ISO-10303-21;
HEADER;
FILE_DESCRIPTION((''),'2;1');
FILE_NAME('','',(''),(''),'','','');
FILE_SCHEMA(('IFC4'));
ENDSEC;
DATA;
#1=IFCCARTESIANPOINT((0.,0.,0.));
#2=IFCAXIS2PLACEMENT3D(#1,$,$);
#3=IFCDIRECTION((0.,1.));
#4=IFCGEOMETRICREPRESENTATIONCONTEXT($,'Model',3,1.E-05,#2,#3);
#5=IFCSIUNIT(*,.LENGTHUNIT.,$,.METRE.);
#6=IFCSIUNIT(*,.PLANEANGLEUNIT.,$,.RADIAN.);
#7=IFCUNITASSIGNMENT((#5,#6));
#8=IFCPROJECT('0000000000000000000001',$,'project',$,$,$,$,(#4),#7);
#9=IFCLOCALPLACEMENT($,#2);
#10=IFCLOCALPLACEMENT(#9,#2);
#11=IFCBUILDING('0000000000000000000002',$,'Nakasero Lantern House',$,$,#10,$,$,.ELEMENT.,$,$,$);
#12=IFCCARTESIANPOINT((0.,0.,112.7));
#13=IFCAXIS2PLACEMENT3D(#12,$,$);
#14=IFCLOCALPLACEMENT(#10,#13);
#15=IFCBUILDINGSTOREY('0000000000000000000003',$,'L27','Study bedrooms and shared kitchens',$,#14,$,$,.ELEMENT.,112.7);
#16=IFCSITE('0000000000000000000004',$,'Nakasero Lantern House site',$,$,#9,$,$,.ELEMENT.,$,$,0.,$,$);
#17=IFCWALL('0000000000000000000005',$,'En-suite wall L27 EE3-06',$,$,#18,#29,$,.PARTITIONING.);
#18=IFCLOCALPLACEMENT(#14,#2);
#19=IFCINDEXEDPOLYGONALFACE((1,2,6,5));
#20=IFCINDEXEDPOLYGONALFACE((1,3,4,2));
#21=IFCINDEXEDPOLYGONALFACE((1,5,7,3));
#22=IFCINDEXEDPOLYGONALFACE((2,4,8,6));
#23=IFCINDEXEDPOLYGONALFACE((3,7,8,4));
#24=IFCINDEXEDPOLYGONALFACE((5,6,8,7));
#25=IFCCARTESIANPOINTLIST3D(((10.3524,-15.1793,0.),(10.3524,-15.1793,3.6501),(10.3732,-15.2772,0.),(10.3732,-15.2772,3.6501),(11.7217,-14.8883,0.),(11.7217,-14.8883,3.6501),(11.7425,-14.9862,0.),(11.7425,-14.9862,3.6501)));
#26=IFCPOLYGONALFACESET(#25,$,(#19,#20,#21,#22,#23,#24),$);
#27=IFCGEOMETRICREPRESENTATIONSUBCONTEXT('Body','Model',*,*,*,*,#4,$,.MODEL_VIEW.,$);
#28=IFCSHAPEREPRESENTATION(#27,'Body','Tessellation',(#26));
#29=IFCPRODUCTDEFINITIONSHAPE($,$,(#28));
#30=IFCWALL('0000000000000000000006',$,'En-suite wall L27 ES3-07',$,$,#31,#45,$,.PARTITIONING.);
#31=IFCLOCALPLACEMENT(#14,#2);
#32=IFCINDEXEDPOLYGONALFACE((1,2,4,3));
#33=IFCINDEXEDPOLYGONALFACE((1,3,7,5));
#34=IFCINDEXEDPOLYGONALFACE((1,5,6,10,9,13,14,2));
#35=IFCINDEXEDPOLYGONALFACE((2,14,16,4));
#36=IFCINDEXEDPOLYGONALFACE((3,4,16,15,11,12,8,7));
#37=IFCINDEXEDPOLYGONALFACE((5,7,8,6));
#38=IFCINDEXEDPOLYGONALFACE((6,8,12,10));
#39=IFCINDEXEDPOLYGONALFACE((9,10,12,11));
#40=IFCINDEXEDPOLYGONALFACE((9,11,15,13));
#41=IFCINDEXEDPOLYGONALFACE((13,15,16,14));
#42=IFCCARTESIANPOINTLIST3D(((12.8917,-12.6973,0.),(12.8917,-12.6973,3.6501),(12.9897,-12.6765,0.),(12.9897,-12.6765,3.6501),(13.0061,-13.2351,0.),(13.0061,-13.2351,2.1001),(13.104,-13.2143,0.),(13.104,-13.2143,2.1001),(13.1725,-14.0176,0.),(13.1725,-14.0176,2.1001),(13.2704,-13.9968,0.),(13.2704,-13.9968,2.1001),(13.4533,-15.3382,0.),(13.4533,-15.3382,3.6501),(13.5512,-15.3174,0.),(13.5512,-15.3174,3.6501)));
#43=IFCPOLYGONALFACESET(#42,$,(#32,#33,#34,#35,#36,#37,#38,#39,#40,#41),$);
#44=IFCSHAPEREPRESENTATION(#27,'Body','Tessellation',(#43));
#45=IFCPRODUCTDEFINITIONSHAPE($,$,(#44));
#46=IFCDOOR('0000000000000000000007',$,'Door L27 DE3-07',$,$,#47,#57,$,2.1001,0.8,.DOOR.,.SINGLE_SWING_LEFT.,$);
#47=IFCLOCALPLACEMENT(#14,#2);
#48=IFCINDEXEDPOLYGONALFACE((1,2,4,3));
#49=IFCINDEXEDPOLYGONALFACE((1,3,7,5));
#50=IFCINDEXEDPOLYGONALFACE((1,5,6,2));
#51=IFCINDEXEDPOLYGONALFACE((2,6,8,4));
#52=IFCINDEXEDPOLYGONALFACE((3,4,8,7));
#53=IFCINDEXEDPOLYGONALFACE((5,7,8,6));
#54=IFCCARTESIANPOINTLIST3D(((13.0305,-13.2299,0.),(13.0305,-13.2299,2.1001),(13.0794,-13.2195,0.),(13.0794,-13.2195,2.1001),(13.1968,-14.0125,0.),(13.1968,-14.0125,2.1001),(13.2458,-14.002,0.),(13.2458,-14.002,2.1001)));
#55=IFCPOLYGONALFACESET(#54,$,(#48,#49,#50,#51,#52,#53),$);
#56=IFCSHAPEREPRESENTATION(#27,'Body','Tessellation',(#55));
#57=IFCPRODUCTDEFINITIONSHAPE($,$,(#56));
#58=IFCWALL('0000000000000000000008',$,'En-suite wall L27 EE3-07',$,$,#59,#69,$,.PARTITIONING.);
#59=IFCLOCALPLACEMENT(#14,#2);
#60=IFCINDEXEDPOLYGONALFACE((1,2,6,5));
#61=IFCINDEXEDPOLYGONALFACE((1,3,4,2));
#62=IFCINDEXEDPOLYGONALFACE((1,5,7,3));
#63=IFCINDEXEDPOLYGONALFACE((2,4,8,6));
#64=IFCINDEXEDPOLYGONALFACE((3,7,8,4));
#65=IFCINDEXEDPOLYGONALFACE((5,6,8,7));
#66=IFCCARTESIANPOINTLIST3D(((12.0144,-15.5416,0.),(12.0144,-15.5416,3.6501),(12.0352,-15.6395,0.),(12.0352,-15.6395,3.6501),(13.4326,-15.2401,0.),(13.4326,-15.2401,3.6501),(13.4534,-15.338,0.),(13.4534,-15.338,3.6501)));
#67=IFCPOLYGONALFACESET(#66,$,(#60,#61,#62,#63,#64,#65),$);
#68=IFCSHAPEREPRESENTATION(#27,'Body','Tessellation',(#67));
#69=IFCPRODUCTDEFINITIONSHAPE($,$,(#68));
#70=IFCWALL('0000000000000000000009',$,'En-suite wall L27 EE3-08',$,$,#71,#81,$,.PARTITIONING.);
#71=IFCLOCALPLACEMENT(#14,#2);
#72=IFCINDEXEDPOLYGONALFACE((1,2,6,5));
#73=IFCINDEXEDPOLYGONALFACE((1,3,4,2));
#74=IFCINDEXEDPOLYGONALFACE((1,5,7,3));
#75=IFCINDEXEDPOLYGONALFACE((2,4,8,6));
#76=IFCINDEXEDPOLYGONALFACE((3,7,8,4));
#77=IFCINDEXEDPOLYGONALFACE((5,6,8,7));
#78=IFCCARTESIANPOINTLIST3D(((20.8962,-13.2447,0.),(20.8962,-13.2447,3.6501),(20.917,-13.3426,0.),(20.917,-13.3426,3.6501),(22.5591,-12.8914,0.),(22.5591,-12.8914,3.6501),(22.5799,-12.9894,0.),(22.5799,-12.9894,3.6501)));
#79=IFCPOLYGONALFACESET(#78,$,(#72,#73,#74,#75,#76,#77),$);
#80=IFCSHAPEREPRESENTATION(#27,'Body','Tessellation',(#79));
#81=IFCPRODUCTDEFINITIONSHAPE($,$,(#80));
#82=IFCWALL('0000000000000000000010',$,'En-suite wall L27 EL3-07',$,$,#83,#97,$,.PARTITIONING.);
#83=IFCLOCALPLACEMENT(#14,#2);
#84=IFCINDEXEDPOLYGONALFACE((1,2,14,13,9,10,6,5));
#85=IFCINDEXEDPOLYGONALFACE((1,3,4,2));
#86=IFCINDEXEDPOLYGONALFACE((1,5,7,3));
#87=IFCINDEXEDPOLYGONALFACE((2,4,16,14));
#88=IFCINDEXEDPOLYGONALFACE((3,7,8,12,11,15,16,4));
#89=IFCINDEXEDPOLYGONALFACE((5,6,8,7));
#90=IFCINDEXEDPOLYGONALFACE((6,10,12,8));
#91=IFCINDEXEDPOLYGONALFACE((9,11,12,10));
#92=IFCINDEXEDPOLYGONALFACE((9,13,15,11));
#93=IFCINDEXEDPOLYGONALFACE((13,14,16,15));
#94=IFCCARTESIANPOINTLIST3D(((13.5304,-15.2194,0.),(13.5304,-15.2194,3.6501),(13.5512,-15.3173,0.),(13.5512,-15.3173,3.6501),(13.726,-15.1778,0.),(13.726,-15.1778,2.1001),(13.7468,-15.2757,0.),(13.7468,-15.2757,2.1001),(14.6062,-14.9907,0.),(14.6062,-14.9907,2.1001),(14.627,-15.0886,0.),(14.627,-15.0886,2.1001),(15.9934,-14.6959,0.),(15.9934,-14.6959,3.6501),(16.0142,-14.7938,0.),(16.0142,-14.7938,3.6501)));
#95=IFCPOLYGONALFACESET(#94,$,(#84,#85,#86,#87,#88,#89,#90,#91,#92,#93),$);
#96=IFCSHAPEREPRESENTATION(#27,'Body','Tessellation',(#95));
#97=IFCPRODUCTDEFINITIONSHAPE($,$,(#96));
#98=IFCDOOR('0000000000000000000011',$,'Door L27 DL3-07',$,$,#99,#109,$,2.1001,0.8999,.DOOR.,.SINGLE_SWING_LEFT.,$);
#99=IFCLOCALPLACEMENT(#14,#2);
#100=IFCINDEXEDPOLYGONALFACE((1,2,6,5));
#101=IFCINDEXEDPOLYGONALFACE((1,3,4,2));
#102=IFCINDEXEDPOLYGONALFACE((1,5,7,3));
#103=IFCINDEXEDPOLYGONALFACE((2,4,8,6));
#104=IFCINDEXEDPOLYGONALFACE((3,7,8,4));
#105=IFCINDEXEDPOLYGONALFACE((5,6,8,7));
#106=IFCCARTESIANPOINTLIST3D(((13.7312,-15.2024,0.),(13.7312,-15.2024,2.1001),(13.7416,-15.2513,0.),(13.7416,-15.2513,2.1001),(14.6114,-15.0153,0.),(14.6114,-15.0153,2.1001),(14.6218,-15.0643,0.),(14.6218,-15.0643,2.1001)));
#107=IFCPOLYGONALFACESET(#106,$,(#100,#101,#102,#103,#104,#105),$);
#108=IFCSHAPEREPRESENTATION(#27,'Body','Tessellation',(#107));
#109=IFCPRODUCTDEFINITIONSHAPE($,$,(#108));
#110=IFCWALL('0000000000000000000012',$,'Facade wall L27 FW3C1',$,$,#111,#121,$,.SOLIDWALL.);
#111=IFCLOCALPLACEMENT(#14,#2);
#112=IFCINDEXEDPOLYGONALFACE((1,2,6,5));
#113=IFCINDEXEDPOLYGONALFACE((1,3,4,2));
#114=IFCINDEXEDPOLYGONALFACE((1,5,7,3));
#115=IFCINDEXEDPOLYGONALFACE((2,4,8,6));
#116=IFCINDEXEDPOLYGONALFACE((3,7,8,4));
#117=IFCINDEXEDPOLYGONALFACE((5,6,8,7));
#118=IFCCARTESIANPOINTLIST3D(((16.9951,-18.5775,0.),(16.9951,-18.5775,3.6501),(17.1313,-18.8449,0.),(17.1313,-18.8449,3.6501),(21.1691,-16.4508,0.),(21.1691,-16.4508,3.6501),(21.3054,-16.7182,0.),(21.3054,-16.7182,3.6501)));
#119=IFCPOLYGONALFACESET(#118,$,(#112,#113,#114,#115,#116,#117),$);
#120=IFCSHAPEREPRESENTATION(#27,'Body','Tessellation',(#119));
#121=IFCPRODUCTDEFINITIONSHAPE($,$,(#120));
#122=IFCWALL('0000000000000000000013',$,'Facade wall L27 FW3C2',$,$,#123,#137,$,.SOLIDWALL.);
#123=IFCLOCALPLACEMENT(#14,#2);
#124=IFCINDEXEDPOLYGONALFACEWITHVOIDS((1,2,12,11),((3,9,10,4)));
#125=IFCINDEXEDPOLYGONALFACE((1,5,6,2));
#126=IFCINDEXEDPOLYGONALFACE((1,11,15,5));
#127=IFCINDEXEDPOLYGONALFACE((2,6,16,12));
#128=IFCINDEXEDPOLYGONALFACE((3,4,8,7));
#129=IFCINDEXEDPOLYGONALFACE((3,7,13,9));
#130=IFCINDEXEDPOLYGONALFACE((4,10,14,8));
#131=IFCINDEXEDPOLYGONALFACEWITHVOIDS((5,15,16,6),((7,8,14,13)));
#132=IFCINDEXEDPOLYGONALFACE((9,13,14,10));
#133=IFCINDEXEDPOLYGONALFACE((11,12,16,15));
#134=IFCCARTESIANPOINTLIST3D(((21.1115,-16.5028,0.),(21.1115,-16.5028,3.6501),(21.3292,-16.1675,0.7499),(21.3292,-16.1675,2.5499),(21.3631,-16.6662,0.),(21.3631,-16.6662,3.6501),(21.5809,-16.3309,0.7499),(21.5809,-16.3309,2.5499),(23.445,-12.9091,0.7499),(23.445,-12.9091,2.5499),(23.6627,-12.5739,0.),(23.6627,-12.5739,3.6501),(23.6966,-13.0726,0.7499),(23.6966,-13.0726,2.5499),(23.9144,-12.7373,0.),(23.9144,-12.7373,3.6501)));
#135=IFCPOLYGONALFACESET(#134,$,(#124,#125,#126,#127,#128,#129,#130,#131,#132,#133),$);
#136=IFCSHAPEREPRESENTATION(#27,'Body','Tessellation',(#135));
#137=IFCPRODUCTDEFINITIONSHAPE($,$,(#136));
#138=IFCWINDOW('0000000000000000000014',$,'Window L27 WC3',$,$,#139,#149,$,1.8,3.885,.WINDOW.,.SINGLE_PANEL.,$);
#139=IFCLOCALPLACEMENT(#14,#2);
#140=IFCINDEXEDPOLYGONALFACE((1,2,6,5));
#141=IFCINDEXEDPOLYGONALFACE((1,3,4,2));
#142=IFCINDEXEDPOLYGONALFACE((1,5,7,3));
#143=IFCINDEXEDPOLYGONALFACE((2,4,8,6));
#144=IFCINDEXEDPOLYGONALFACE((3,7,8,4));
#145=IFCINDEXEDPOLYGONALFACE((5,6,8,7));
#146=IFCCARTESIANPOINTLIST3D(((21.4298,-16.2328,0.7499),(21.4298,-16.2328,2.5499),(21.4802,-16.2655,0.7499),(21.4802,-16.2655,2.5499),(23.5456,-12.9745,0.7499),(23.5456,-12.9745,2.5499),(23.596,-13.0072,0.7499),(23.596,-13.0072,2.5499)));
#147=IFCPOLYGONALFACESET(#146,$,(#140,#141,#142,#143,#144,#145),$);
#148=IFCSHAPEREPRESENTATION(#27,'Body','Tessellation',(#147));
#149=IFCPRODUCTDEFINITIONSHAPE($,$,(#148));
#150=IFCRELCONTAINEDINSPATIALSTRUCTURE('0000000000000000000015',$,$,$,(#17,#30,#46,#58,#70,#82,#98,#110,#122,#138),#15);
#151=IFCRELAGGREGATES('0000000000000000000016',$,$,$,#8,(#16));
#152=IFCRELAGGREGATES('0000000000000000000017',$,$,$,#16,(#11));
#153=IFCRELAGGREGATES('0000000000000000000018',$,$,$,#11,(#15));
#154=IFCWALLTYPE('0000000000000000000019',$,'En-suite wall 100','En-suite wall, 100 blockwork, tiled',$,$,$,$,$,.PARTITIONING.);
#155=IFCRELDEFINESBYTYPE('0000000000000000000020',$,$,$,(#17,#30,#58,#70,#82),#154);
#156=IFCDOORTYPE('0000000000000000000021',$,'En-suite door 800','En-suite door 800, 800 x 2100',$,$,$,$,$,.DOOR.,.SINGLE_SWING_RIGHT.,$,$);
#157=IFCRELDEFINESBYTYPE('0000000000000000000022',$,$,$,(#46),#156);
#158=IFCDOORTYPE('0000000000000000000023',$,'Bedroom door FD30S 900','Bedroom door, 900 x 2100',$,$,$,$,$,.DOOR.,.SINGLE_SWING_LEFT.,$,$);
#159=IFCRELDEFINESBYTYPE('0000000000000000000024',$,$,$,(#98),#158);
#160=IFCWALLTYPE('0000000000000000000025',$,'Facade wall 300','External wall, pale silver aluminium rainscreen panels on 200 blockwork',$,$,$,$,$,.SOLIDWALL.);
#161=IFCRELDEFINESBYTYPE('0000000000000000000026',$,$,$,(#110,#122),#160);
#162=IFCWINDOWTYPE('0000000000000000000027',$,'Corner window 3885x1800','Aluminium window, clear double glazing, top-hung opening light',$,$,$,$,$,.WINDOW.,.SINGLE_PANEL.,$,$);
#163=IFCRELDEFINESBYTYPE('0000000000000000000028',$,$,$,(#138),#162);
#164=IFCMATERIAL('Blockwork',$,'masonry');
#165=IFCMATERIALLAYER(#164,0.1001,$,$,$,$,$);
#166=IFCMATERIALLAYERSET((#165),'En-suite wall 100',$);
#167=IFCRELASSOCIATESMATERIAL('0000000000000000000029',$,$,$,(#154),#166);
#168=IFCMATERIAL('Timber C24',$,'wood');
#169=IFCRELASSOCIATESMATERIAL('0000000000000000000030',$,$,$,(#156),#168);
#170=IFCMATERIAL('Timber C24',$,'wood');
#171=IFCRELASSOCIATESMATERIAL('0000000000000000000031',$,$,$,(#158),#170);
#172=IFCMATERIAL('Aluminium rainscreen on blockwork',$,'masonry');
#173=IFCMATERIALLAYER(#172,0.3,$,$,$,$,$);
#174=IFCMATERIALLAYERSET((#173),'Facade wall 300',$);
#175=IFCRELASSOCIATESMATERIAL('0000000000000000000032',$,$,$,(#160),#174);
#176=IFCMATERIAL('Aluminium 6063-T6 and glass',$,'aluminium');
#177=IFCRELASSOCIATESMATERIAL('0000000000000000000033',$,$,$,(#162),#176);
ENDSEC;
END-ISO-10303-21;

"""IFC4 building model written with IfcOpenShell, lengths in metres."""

from ifc_helpers import new_model, si_unit, direction, frame, frame_2d, origin, place, context, subcontext, project, spatial, rectangle, extrude, material, layer, layer_set, type_object, element, fill, save


model = new_model("IFC4")

# Units and contexts
model_context = context("Model", 3, precision=1e-05, world=origin(), true_north=direction((0.0, 1.0)))
body_context = subcontext(model_context, "Body", "Model", "MODEL_VIEW")
ifc_project = project(units=[si_unit("LENGTHUNIT", "METRE"), si_unit("PLANEANGLEUNIT", "RADIAN")], contexts=[model_context])

# Site, building, storey
site_placement = place(None, origin())
site = spatial("IfcSite", under=ifc_project, at=site_placement, Name="Nakasero Lantern House site", CompositionType="ELEMENT", RefElevation=0.0)
building_placement = place(site_placement, origin())
building = spatial("IfcBuilding", under=site, at=building_placement, Name="Nakasero Lantern House", CompositionType="ELEMENT")
storey_placement = place(building_placement, frame((0.0, 0.0, 112.7)))
storey = spatial("IfcBuildingStorey", under=building, at=storey_placement, Name="L27", Description="Study bedrooms and shared kitchens", CompositionType="ELEMENT", Elevation=112.7)

# Shared definitions
ifc_material_1 = material(Name="Blockwork", Category="masonry")
ifc_layer_1 = layer(ifc_material_1, 0.1001)
ifc_layer_set_1 = layer_set([ifc_layer_1], Name="En-suite wall 100")
wall_type_1 = type_object("IfcWallType", Name="En-suite wall 100", Description="En-suite wall, 100 blockwork, tiled", PredefinedType="PARTITIONING", material=ifc_layer_set_1)
ifc_material_2 = material(Name="Timber C24", Category="wood")
door_type_1 = type_object("IfcDoorType", Name="En-suite door 800", Description="En-suite door 800, 800 x 2100", OperationType="SINGLE_SWING_RIGHT", PredefinedType="DOOR", material=ifc_material_2)

# Wall
wall_1_placement = place(storey_placement, frame((10.3628, -15.2283, 0.0), z_axis=(0.0, 0.0, 1.0), x_axis=(0.978156, 0.207873, 0.0)))
element("IfcWall", 1, at=wall_1_placement, inside=storey, type_object=wall_type_1, Name="En-suite wall L27 EE3-06", PredefinedType="PARTITIONING", context=body_context, shape_type="SweptSolid", body=[
    extrude(rectangle(XDim=1.3999, YDim=0.1001, at=frame_2d((0.7, 0.0))), origin(), (0.0, 0.0, 1.0), 3.6501),
])

# Wall, opening, door
wall_2_placement = place(storey_placement, frame((12.9407, -12.6868, 0.0), z_axis=(0.0, 0.0, 1.0), x_axis=(0.207979, -0.978133, 0.0)))
wall_2 = element("IfcWall", 2, at=wall_2_placement, inside=storey, type_object=wall_type_1, Name="En-suite wall L27 ES3-07", PredefinedType="PARTITIONING", context=body_context, shape_type="SweptSolid", body=[
    extrude(rectangle(XDim=2.7, YDim=0.1001, at=frame_2d((1.3501, 0.0))), origin(), (0.0, 0.0, 1.0), 3.6501),
])
opening_1_placement = place(wall_2_placement, frame((0.55, 0.0, 0.0)))
opening_1 = element("IfcOpeningElement", 3, at=opening_1_placement, cuts=wall_2, PredefinedType="OPENING", context=body_context, shape_type="SweptSolid", body=[
    extrude(rectangle(XDim=0.8, YDim=2.1001, at=frame_2d((0.3999, 1.05))), frame((0.0, 0.0701, 0.0), z_axis=(0.0, -1.0, 0.0), x_axis=(1.0, 0.0, 0.0)), (0.0, 0.0, 1.0), 0.1401),
])
door_1_placement = place(opening_1_placement, origin())
door_1 = element("IfcDoor", 4, at=door_1_placement, inside=storey, type_object=door_type_1, Name="Door L27 DE3-07", OperationType="SINGLE_SWING_LEFT", OverallHeight=2.1001, OverallWidth=0.8, PredefinedType="DOOR", context=body_context, shape_type="SweptSolid", body=[
    extrude(rectangle(XDim=0.8, YDim=2.1001, at=frame_2d((0.3999, 1.05))), frame((0.0, 0.0249, 0.0), z_axis=(0.0, -1.0, 0.0), x_axis=(1.0, 0.0, 0.0)), (0.0, 0.0, 1.0), 0.05),
])
fill(opening_1, door_1)

# Walls
wall_3_placement = place(storey_placement, frame((12.0247, -15.5906, 0.0), z_axis=(0.0, 0.0, 1.0), x_axis=(0.978139, 0.207953, 0.0)))
element("IfcWall", 5, at=wall_3_placement, inside=storey, type_object=wall_type_1, Name="En-suite wall L27 EE3-07", PredefinedType="PARTITIONING", context=body_context, shape_type="SweptSolid", body=[
    extrude(rectangle(XDim=1.45, YDim=0.1001, at=frame_2d((0.7251, 0.0))), origin(), (0.0, 0.0, 1.0), 3.6501),
])
wall_4_placement = place(storey_placement, frame((20.9065, -13.2937, 0.0), z_axis=(0.0, 0.0, 1.0), x_axis=(0.978169, 0.207812, 0.0)))
element("IfcWall", 6, at=wall_4_placement, inside=storey, type_object=wall_type_1, Name="En-suite wall L27 EE3-08", PredefinedType="PARTITIONING", context=body_context, shape_type="SweptSolid", body=[
    extrude(rectangle(XDim=1.7, YDim=0.1001, at=frame_2d((0.8501, 0.0))), origin(), (0.0, 0.0, 1.0), 3.6501),
])

# Wall, opening, door
wall_5_placement = place(storey_placement, frame((13.5408, -15.2683, 0.0), z_axis=(0.0, 0.0, 1.0), x_axis=(0.978157, 0.207867, 0.0)))
wall_5 = element("IfcWall", 7, at=wall_5_placement, inside=storey, type_object=wall_type_1, Name="En-suite wall L27 EL3-07", PredefinedType="PARTITIONING", context=body_context, shape_type="SweptSolid", body=[
    extrude(rectangle(XDim=2.5181, YDim=0.1001, at=frame_2d((1.259, 0.0))), origin(), (0.0, 0.0, 1.0), 3.6501),
])
opening_2_placement = place(wall_5_placement, frame((0.2, 0.0, 0.0)))
opening_2 = element("IfcOpeningElement", 8, at=opening_2_placement, cuts=wall_5, PredefinedType="OPENING", context=body_context, shape_type="SweptSolid", body=[
    extrude(rectangle(XDim=0.8999, YDim=2.1001, at=frame_2d((0.45, 1.05))), frame((0.0, 0.0701, 0.0), z_axis=(0.0, -1.0, 0.0), x_axis=(1.0, 0.0, 0.0)), (0.0, 0.0, 1.0), 0.1401),
])
ifc_material_3 = material(Name="Timber C24", Category="wood")
door_type_2 = type_object("IfcDoorType", Name="Bedroom door FD30S 900", Description="Bedroom door, 900 x 2100", OperationType="SINGLE_SWING_LEFT", PredefinedType="DOOR", material=ifc_material_3)
door_2_placement = place(opening_2_placement, origin())
door_2 = element("IfcDoor", 9, at=door_2_placement, inside=storey, type_object=door_type_2, Name="Door L27 DL3-07", OperationType="SINGLE_SWING_LEFT", OverallHeight=2.1001, OverallWidth=0.8999, PredefinedType="DOOR", context=body_context, shape_type="SweptSolid", body=[
    extrude(rectangle(XDim=0.8999, YDim=2.1001, at=frame_2d((0.45, 1.05))), frame((0.0, 0.0249, 0.0), z_axis=(0.0, -1.0, 0.0), x_axis=(1.0, 0.0, 0.0)), (0.0, 0.0, 1.0), 0.05),
])
fill(opening_2, door_2)

# Wall
ifc_material_4 = material(Name="Aluminium rainscreen on blockwork", Category="masonry")
ifc_layer_2 = layer(ifc_material_4, 0.3)
ifc_layer_set_2 = layer_set([ifc_layer_2], Name="Facade wall 300")
wall_type_2 = type_object("IfcWallType", Name="Facade wall 300", Description="External wall, pale silver aluminium rainscreen panels on 200 blockwork", PredefinedType="SOLIDWALL", material=ifc_layer_set_2)
wall_6_placement = place(storey_placement, frame((17.0632, -18.7112, 0.0), z_axis=(0.0, 0.0, 1.0), x_axis=(0.891014, 0.453976, 0.0)))
element("IfcWall", 10, at=wall_6_placement, inside=storey, type_object=wall_type_2, Name="Facade wall L27 FW3C1", PredefinedType="SOLIDWALL", context=body_context, shape_type="SweptSolid", body=[
    extrude(rectangle(XDim=4.6846, YDim=0.3, at=frame_2d((2.3423, 0.0))), origin(), (0.0, 0.0, 1.0), 3.6501),
])

# Wall, opening, window
wall_7_placement = place(storey_placement, frame((21.2373, -16.5845, 0.0), z_axis=(0.0, 0.0, 1.0), x_axis=(0.544605, 0.838692, 0.0)))
wall_7 = element("IfcWall", 11, at=wall_7_placement, inside=storey, type_object=wall_type_2, Name="Facade wall L27 FW3C2", PredefinedType="SOLIDWALL", context=body_context, shape_type="SweptSolid", body=[
    extrude(rectangle(XDim=4.6846, YDim=0.3, at=frame_2d((2.3423, 0.0))), origin(), (0.0, 0.0, 1.0), 3.6501),
])
opening_3_placement = place(wall_7_placement, frame((0.3999, 0.0, 0.75)))
opening_3 = element("IfcOpeningElement", 12, at=opening_3_placement, cuts=wall_7, PredefinedType="OPENING", context=body_context, shape_type="SweptSolid", body=[
    extrude(rectangle(XDim=3.885, YDim=1.8, at=frame_2d((1.9424, 0.8999))), frame((0.0, 0.1699, 0.0), z_axis=(0.0, -1.0, 0.0), x_axis=(1.0, 0.0, 0.0)), (0.0, 0.0, 1.0), 0.3401),
])
ifc_material_5 = material(Name="Aluminium 6063-T6 and glass", Category="aluminium")
window_type_1 = type_object("IfcWindowType", Name="Corner window 3885x1800", Description="Aluminium window, clear double glazing, top-hung opening light", PartitioningType="SINGLE_PANEL", PredefinedType="WINDOW", material=ifc_material_5)
window_1_placement = place(opening_3_placement, origin())
window_1 = element("IfcWindow", 13, at=window_1_placement, inside=storey, type_object=window_type_1, Name="Window L27 WC3", OverallHeight=1.8, OverallWidth=3.885, PartitioningType="SINGLE_PANEL", PredefinedType="WINDOW", context=body_context, shape_type="SweptSolid", body=[
    extrude(rectangle(XDim=3.885, YDim=1.8, at=frame_2d((1.9424, 0.8999))), frame((0.0, 0.03, 0.0), z_axis=(0.0, -1.0, 0.0), x_axis=(1.0, 0.0, 0.0)), (0.0, 0.0, 1.0), 0.0601),
])
fill(opening_3, window_1)

save(model, "model.ifc")
